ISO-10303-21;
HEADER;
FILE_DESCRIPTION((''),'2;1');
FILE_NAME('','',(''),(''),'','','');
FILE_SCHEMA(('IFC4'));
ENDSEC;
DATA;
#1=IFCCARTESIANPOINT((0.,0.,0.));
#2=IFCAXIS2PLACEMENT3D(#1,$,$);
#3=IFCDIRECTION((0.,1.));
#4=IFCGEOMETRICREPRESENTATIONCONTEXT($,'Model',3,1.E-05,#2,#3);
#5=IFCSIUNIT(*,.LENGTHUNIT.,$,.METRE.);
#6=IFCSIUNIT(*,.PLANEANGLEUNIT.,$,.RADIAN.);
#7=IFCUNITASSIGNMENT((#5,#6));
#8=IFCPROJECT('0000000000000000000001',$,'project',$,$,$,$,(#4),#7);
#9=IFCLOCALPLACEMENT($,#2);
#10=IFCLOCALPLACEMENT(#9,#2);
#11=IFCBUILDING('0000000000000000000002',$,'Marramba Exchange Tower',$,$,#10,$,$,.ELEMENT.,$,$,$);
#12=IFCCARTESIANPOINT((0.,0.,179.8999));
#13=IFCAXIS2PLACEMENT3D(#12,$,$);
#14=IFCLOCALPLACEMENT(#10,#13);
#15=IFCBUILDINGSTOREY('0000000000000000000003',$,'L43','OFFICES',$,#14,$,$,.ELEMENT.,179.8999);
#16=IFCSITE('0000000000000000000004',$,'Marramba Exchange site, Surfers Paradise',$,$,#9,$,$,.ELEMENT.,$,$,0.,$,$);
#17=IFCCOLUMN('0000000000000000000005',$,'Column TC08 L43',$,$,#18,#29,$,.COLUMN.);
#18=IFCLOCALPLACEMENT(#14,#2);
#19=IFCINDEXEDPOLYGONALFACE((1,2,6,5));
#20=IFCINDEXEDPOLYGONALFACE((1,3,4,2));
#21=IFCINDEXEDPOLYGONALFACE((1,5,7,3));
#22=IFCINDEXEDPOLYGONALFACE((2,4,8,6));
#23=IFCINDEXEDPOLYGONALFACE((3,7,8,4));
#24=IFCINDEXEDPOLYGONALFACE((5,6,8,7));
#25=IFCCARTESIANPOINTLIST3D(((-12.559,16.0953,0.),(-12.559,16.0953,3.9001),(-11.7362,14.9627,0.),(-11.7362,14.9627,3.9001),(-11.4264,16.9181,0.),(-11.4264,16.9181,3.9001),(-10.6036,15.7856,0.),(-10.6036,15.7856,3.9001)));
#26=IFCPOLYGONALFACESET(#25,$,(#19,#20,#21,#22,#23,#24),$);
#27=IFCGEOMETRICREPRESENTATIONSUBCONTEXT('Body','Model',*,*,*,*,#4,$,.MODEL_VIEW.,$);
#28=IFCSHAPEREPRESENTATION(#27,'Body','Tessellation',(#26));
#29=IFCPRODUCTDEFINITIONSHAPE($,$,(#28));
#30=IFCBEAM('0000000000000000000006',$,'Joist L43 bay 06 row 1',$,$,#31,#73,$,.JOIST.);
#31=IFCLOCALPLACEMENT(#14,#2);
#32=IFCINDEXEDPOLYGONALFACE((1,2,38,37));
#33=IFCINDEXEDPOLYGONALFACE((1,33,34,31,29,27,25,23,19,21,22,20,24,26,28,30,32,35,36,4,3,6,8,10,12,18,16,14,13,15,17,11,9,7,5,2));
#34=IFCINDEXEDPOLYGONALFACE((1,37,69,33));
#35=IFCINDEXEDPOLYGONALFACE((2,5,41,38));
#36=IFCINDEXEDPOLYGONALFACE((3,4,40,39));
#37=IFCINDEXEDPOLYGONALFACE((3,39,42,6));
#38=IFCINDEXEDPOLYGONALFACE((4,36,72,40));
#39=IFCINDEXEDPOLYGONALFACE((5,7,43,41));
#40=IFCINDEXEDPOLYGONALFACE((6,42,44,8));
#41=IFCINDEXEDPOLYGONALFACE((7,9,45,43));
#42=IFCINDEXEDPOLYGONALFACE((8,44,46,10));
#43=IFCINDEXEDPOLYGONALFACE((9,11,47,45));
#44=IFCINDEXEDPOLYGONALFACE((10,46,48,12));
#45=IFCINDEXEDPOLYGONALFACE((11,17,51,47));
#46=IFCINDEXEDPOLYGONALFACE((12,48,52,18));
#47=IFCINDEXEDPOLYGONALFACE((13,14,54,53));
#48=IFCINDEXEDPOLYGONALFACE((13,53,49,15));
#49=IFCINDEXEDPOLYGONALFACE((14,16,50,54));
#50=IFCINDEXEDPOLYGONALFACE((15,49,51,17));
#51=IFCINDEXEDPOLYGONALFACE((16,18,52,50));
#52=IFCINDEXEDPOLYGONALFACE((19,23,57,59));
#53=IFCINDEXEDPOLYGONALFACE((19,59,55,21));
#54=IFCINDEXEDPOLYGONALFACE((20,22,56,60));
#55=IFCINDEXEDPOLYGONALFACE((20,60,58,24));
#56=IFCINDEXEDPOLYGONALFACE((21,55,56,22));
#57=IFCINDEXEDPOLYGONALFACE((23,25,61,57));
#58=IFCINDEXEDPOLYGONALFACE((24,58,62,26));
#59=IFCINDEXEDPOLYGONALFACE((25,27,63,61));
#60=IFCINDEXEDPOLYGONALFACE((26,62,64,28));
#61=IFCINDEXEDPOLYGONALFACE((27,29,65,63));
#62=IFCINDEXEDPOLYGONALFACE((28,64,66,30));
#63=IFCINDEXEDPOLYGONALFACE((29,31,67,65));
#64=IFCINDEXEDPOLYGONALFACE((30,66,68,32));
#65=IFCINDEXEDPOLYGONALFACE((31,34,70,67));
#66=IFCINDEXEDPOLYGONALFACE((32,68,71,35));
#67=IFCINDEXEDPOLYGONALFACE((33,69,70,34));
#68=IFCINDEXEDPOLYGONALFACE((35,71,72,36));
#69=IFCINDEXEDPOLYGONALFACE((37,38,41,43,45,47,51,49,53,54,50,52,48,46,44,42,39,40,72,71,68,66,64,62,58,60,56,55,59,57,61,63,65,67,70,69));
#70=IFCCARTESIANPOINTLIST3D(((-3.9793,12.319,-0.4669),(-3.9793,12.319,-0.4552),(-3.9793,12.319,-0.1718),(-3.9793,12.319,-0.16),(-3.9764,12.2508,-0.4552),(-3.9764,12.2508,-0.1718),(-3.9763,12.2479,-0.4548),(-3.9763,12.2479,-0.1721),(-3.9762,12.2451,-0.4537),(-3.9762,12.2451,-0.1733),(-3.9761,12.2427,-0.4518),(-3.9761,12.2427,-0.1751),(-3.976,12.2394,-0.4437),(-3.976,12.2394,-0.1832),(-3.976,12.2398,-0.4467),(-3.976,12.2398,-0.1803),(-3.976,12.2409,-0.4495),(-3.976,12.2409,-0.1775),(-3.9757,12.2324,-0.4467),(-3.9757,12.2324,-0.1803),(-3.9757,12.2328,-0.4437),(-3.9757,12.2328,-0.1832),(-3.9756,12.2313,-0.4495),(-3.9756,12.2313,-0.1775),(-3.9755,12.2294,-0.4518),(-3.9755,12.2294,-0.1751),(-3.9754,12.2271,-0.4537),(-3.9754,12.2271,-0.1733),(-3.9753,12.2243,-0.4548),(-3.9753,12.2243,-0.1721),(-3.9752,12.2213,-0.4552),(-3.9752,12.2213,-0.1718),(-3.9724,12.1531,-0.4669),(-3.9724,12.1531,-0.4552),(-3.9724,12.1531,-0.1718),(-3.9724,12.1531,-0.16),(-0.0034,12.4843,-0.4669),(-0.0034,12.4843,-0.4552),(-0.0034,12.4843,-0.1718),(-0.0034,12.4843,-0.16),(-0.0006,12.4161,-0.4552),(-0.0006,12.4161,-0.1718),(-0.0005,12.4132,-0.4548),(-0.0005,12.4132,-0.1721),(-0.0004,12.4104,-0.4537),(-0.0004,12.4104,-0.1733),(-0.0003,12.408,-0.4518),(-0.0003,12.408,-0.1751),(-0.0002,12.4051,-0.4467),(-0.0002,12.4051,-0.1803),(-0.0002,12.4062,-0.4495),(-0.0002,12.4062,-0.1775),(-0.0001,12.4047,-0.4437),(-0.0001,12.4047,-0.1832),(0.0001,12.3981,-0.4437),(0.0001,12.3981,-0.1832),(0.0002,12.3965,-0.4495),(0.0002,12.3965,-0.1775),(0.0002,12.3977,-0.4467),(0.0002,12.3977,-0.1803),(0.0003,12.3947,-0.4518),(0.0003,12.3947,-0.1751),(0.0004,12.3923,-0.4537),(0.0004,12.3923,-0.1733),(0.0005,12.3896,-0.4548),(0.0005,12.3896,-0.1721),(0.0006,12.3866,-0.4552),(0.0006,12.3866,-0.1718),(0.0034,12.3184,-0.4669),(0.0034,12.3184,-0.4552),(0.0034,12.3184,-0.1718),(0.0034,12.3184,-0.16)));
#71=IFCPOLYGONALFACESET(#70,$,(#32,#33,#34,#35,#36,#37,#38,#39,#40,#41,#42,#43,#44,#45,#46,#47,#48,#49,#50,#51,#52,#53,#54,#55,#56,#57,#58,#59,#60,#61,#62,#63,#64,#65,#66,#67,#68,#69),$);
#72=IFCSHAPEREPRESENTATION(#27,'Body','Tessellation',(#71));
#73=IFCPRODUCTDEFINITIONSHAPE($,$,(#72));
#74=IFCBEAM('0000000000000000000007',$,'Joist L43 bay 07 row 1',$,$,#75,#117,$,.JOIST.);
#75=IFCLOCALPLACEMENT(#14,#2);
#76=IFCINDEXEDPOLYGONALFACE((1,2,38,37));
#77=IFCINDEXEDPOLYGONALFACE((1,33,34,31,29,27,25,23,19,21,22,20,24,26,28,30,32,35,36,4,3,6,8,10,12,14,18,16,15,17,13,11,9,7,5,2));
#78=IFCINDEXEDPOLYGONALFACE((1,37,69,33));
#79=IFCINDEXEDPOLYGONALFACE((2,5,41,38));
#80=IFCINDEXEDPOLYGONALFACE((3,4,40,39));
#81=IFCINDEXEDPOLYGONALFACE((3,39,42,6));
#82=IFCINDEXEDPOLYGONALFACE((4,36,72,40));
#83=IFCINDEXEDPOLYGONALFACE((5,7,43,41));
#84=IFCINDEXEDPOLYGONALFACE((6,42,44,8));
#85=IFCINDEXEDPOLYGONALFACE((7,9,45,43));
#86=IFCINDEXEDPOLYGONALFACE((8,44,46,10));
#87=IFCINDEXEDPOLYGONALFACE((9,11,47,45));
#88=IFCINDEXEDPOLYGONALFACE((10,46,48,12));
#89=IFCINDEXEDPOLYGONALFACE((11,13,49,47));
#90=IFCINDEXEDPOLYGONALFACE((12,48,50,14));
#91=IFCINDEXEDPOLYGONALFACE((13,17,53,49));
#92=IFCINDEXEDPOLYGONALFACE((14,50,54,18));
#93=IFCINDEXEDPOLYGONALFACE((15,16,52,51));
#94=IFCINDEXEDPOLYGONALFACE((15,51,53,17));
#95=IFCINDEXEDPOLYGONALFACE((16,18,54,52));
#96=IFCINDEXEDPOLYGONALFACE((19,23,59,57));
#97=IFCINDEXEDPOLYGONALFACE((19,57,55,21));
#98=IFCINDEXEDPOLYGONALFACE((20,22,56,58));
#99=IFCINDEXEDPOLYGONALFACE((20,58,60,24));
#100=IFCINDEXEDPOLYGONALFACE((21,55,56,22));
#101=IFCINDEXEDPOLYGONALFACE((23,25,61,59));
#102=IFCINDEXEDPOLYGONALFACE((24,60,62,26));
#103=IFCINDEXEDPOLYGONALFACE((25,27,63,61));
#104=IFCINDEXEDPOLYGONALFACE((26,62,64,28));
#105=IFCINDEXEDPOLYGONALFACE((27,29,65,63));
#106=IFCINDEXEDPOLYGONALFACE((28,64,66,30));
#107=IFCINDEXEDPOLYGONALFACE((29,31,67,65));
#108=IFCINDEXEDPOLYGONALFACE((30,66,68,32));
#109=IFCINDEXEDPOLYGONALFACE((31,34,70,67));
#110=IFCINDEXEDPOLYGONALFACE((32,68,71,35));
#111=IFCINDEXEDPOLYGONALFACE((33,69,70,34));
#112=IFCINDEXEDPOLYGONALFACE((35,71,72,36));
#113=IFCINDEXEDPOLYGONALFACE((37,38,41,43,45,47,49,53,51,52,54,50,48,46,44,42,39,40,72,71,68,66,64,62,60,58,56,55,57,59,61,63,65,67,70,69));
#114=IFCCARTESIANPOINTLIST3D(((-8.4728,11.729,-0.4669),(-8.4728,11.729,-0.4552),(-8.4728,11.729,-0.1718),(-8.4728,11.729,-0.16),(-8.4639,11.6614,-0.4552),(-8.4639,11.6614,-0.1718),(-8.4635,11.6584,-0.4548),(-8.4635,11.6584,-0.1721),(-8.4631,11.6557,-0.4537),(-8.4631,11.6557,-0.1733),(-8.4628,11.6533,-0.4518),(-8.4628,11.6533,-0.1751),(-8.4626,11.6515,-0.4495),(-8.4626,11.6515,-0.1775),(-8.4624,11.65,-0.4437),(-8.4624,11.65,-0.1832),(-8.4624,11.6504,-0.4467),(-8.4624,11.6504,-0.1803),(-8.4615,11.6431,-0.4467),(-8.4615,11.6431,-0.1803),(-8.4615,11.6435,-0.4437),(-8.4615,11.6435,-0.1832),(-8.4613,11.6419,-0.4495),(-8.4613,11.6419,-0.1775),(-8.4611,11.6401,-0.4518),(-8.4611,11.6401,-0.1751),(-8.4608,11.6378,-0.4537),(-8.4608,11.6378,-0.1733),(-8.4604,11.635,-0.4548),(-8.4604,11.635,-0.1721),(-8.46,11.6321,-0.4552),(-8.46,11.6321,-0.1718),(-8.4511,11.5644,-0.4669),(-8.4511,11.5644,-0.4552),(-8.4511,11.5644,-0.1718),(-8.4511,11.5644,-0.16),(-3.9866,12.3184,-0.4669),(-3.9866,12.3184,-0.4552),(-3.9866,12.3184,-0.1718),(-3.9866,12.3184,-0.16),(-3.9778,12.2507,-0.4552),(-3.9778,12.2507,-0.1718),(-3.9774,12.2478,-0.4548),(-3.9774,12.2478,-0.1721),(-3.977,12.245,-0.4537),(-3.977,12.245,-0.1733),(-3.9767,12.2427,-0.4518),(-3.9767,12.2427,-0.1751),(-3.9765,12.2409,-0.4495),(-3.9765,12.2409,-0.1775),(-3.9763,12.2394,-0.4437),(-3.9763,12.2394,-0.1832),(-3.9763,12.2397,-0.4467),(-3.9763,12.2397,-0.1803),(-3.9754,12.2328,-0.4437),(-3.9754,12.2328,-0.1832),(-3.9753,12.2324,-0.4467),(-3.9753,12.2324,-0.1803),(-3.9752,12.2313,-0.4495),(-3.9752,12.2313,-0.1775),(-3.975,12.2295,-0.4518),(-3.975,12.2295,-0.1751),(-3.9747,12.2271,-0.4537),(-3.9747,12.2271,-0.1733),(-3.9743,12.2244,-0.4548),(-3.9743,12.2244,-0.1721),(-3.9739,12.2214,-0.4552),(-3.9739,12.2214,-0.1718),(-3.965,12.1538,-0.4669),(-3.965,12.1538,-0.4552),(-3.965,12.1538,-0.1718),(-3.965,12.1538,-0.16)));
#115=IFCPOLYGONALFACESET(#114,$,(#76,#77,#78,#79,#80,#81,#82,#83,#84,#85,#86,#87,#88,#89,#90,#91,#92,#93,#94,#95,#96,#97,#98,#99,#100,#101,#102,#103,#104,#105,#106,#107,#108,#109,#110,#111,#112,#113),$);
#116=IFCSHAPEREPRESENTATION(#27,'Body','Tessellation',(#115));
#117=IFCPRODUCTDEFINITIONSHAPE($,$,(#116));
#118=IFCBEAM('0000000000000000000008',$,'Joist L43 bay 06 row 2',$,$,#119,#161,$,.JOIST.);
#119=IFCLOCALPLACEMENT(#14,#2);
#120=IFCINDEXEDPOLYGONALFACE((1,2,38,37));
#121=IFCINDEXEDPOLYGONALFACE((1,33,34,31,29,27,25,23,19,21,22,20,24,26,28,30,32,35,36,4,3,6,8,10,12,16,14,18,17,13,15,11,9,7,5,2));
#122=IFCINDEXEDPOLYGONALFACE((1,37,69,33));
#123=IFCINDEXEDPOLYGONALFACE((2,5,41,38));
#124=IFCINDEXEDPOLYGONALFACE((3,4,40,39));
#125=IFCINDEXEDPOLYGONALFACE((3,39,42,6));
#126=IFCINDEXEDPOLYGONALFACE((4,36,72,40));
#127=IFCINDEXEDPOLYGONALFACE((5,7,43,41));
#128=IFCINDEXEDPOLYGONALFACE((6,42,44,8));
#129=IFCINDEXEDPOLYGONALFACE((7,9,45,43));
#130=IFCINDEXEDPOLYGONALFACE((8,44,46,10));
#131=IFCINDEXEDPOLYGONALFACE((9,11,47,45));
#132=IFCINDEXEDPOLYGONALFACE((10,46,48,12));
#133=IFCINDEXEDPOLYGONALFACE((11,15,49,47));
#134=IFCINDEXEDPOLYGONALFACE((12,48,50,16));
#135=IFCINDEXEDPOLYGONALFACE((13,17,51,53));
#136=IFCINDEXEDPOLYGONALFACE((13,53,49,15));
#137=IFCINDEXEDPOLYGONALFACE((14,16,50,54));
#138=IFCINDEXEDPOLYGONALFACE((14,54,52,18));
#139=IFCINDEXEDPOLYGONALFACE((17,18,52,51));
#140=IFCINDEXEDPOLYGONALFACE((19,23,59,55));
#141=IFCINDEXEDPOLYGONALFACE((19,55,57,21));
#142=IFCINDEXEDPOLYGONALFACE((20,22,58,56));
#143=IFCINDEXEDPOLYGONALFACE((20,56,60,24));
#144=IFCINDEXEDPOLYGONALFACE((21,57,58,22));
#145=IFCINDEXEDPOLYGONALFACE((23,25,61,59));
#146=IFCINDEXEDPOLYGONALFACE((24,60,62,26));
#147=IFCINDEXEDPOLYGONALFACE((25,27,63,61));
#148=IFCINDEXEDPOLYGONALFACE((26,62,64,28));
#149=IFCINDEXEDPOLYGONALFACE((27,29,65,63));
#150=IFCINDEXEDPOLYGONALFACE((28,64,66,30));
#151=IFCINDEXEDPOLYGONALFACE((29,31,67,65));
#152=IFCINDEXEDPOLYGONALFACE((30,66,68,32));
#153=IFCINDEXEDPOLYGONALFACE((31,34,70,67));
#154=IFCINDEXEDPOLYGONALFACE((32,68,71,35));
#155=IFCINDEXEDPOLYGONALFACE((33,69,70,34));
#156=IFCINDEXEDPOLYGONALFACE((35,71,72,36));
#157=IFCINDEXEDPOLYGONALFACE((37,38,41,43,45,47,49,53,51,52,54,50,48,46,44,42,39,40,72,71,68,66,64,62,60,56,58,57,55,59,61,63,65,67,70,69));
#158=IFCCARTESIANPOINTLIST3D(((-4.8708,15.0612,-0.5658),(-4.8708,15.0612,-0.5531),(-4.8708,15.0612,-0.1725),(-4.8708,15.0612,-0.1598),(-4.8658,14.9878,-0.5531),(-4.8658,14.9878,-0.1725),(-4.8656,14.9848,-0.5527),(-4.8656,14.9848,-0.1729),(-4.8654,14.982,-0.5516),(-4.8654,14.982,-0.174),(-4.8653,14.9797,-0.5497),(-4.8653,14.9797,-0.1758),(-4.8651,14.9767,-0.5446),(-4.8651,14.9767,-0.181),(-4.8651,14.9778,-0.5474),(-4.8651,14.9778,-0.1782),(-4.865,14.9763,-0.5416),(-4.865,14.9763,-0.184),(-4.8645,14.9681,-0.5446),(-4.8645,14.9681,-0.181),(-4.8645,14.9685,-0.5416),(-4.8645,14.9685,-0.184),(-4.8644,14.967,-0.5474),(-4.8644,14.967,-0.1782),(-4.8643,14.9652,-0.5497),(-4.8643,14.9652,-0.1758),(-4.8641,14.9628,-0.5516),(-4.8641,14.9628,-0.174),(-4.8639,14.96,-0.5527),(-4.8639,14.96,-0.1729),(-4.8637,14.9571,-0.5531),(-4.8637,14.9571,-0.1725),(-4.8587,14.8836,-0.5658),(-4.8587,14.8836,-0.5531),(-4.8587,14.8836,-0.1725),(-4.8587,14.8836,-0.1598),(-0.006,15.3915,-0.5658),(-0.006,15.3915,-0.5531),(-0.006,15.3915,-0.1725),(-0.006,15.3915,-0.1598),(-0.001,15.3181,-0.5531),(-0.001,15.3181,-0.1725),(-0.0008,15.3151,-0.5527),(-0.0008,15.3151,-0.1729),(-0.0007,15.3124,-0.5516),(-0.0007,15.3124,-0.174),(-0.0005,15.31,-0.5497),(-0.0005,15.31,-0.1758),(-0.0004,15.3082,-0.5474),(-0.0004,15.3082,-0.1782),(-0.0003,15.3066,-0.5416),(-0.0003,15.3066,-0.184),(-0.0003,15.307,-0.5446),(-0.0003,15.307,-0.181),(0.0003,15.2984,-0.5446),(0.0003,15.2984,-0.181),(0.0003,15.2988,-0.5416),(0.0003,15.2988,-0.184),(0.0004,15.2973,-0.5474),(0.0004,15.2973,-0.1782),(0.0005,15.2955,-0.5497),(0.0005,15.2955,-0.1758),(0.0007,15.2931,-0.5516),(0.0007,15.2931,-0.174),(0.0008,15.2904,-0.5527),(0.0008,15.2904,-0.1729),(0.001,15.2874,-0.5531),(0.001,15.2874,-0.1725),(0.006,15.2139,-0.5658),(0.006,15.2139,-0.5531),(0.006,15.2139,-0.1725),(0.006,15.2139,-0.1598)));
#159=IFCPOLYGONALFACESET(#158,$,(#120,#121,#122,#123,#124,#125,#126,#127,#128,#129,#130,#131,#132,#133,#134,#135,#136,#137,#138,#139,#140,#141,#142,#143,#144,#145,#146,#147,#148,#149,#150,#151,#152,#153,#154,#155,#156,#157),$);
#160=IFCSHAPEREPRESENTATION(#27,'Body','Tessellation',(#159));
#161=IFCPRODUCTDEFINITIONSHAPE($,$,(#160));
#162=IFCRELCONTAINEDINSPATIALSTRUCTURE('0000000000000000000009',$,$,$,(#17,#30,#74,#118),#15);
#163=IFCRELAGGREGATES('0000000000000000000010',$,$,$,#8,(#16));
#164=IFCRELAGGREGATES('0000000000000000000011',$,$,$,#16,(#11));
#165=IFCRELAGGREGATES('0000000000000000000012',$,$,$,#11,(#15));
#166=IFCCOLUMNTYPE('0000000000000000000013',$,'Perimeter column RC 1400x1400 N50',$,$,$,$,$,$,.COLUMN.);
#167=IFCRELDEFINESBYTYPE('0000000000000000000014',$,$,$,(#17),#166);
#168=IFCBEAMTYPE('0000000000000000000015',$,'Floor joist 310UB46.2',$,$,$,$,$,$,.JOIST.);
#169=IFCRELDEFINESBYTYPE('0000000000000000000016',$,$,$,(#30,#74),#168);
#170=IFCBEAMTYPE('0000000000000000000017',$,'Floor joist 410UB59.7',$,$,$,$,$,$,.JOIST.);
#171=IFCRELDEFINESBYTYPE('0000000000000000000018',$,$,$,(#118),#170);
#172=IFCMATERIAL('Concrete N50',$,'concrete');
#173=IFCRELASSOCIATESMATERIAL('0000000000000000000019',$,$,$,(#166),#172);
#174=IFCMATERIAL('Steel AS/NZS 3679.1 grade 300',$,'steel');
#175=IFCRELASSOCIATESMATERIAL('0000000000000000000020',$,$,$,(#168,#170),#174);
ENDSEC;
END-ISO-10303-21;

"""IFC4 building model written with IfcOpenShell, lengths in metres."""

from ifc_helpers import new_model, si_unit, direction, frame, origin, origin_2d, place, context, subcontext, project, spatial, rectangle, i_section, extrude, material, material_profile, profile_set, type_object, element, save


model = new_model("IFC4")

# Units and contexts
model_context = context("Model", 3, precision=1e-05, world=origin(), true_north=direction((0.0, 1.0)))
body_context = subcontext(model_context, "Body", "Model", "MODEL_VIEW")
ifc_project = project(units=[si_unit("LENGTHUNIT", "METRE"), si_unit("PLANEANGLEUNIT", "RADIAN")], contexts=[model_context])

# Site, building, storey
site_placement = place(None, origin())
site = spatial("IfcSite", under=ifc_project, at=site_placement, Name="Marramba Exchange site, Surfers Paradise", CompositionType="ELEMENT", RefElevation=0.0)
building_placement = place(site_placement, origin())
building = spatial("IfcBuilding", under=site, at=building_placement, Name="Marramba Exchange Tower", CompositionType="ELEMENT")
storey_placement = place(building_placement, frame((0.0, 0.0, 179.8999)))
storey = spatial("IfcBuildingStorey", under=building, at=storey_placement, Name="L43", Description="OFFICES", CompositionType="ELEMENT", Elevation=179.8999)

# Column
ifc_material_1 = material(Name="Concrete N50", Category="concrete")
ifc_material_profile_1 = material_profile(ifc_material_1, rectangle(XDim=1.3999, YDim=1.3999, at=origin_2d()), Name="RC 1400x1400")
ifc_profile_set_1 = profile_set([ifc_material_profile_1], Name="Concrete N50")
column_type = type_object("IfcColumnType", Name="Perimeter column RC 1400x1400 N50", PredefinedType="COLUMN", material=ifc_profile_set_1)
column_placement = place(storey_placement, frame((-11.5813, 15.9404, 0.0), z_axis=(0.0, 0.0, 1.0), x_axis=(-0.587785, 0.809017, 0.0)))
element("IfcColumn", 1, at=column_placement, inside=storey, type_object=column_type, Name="Column TC08 L43", PredefinedType="COLUMN", context=body_context, shape_type="SweptSolid", body=[
    extrude(rectangle(XDim=1.3999, YDim=1.3999, at=origin_2d()), origin(), (0.0, 0.0, 1.0), 3.9001),
])

# Beams
ifc_material_2 = material(Name="Steel AS/NZS 3679.1 grade 300", Category="steel")
ifc_material_profile_2 = material_profile(ifc_material_2, i_section(OverallWidth=0.166, OverallDepth=0.3069, WebThickness=0.0066, FlangeThickness=0.0117, FilletRadius=0.0115, at=origin_2d()), Name="310UB46.2")
ifc_profile_set_2 = profile_set([ifc_material_profile_2], Name="Steel AS/NZS 3679.1 grade 300")
beam_type_1 = type_object("IfcBeamType", Name="Floor joist 310UB46.2", PredefinedType="JOIST", material=ifc_profile_set_2)
beam_1_placement = place(storey_placement, frame((0.0, 12.4014, -0.3135), z_axis=(-0.999137, -0.041536, 0.0), x_axis=(0.041536, -0.999137, 0.0)))
element("IfcBeam", 2, at=beam_1_placement, inside=storey, type_object=beam_type_1, Name="Joist L43 bay 06 row 1", PredefinedType="JOIST", context=body_context, shape_type="SweptSolid", body=[
    extrude(i_section(OverallWidth=0.166, OverallDepth=0.3069, WebThickness=0.0066, FlangeThickness=0.0117, FilletRadius=0.0115, at=origin_2d()), origin(), (0.0, 0.0, 1.0), 3.9792),
])
beam_2_placement = place(storey_placement, frame((-3.9758, 12.2361, -0.3135), z_axis=(-0.991481, -0.130255, 0.0), x_axis=(0.130255, -0.991481, 0.0)))
element("IfcBeam", 3, at=beam_2_placement, inside=storey, type_object=beam_type_1, Name="Joist L43 bay 07 row 1", PredefinedType="JOIST", context=body_context, shape_type="SweptSolid", body=[
    extrude(i_section(OverallWidth=0.166, OverallDepth=0.3069, WebThickness=0.0066, FlangeThickness=0.0117, FilletRadius=0.0115, at=origin_2d()), origin(), (0.0, 0.0, 1.0), 4.5247),
])
ifc_material_profile_3 = material_profile(ifc_material_2, i_section(OverallWidth=0.178, OverallDepth=0.406, WebThickness=0.0078, FlangeThickness=0.0127, FilletRadius=0.0115, at=origin_2d()), Name="410UB59.7")
ifc_profile_set_3 = profile_set([ifc_material_profile_3], Name="Steel AS/NZS 3679.1 grade 300")
beam_type_2 = type_object("IfcBeamType", Name="Floor joist 410UB59.7", PredefinedType="JOIST", material=ifc_profile_set_3)
beam_3_placement = place(storey_placement, frame((0.0, 15.3027, -0.3628), z_axis=(-0.997703, -0.067745, 0.0), x_axis=(0.067745, -0.997703, 0.0)))
element("IfcBeam", 4, at=beam_3_placement, inside=storey, type_object=beam_type_2, Name="Joist L43 bay 06 row 2", PredefinedType="JOIST", context=body_context, shape_type="SweptSolid", body=[
    extrude(i_section(OverallWidth=0.178, OverallDepth=0.406, WebThickness=0.0078, FlangeThickness=0.0127, FilletRadius=0.0115, at=origin_2d()), origin(), (0.0, 0.0, 1.0), 4.876),
])

save(model, "model.ifc")
